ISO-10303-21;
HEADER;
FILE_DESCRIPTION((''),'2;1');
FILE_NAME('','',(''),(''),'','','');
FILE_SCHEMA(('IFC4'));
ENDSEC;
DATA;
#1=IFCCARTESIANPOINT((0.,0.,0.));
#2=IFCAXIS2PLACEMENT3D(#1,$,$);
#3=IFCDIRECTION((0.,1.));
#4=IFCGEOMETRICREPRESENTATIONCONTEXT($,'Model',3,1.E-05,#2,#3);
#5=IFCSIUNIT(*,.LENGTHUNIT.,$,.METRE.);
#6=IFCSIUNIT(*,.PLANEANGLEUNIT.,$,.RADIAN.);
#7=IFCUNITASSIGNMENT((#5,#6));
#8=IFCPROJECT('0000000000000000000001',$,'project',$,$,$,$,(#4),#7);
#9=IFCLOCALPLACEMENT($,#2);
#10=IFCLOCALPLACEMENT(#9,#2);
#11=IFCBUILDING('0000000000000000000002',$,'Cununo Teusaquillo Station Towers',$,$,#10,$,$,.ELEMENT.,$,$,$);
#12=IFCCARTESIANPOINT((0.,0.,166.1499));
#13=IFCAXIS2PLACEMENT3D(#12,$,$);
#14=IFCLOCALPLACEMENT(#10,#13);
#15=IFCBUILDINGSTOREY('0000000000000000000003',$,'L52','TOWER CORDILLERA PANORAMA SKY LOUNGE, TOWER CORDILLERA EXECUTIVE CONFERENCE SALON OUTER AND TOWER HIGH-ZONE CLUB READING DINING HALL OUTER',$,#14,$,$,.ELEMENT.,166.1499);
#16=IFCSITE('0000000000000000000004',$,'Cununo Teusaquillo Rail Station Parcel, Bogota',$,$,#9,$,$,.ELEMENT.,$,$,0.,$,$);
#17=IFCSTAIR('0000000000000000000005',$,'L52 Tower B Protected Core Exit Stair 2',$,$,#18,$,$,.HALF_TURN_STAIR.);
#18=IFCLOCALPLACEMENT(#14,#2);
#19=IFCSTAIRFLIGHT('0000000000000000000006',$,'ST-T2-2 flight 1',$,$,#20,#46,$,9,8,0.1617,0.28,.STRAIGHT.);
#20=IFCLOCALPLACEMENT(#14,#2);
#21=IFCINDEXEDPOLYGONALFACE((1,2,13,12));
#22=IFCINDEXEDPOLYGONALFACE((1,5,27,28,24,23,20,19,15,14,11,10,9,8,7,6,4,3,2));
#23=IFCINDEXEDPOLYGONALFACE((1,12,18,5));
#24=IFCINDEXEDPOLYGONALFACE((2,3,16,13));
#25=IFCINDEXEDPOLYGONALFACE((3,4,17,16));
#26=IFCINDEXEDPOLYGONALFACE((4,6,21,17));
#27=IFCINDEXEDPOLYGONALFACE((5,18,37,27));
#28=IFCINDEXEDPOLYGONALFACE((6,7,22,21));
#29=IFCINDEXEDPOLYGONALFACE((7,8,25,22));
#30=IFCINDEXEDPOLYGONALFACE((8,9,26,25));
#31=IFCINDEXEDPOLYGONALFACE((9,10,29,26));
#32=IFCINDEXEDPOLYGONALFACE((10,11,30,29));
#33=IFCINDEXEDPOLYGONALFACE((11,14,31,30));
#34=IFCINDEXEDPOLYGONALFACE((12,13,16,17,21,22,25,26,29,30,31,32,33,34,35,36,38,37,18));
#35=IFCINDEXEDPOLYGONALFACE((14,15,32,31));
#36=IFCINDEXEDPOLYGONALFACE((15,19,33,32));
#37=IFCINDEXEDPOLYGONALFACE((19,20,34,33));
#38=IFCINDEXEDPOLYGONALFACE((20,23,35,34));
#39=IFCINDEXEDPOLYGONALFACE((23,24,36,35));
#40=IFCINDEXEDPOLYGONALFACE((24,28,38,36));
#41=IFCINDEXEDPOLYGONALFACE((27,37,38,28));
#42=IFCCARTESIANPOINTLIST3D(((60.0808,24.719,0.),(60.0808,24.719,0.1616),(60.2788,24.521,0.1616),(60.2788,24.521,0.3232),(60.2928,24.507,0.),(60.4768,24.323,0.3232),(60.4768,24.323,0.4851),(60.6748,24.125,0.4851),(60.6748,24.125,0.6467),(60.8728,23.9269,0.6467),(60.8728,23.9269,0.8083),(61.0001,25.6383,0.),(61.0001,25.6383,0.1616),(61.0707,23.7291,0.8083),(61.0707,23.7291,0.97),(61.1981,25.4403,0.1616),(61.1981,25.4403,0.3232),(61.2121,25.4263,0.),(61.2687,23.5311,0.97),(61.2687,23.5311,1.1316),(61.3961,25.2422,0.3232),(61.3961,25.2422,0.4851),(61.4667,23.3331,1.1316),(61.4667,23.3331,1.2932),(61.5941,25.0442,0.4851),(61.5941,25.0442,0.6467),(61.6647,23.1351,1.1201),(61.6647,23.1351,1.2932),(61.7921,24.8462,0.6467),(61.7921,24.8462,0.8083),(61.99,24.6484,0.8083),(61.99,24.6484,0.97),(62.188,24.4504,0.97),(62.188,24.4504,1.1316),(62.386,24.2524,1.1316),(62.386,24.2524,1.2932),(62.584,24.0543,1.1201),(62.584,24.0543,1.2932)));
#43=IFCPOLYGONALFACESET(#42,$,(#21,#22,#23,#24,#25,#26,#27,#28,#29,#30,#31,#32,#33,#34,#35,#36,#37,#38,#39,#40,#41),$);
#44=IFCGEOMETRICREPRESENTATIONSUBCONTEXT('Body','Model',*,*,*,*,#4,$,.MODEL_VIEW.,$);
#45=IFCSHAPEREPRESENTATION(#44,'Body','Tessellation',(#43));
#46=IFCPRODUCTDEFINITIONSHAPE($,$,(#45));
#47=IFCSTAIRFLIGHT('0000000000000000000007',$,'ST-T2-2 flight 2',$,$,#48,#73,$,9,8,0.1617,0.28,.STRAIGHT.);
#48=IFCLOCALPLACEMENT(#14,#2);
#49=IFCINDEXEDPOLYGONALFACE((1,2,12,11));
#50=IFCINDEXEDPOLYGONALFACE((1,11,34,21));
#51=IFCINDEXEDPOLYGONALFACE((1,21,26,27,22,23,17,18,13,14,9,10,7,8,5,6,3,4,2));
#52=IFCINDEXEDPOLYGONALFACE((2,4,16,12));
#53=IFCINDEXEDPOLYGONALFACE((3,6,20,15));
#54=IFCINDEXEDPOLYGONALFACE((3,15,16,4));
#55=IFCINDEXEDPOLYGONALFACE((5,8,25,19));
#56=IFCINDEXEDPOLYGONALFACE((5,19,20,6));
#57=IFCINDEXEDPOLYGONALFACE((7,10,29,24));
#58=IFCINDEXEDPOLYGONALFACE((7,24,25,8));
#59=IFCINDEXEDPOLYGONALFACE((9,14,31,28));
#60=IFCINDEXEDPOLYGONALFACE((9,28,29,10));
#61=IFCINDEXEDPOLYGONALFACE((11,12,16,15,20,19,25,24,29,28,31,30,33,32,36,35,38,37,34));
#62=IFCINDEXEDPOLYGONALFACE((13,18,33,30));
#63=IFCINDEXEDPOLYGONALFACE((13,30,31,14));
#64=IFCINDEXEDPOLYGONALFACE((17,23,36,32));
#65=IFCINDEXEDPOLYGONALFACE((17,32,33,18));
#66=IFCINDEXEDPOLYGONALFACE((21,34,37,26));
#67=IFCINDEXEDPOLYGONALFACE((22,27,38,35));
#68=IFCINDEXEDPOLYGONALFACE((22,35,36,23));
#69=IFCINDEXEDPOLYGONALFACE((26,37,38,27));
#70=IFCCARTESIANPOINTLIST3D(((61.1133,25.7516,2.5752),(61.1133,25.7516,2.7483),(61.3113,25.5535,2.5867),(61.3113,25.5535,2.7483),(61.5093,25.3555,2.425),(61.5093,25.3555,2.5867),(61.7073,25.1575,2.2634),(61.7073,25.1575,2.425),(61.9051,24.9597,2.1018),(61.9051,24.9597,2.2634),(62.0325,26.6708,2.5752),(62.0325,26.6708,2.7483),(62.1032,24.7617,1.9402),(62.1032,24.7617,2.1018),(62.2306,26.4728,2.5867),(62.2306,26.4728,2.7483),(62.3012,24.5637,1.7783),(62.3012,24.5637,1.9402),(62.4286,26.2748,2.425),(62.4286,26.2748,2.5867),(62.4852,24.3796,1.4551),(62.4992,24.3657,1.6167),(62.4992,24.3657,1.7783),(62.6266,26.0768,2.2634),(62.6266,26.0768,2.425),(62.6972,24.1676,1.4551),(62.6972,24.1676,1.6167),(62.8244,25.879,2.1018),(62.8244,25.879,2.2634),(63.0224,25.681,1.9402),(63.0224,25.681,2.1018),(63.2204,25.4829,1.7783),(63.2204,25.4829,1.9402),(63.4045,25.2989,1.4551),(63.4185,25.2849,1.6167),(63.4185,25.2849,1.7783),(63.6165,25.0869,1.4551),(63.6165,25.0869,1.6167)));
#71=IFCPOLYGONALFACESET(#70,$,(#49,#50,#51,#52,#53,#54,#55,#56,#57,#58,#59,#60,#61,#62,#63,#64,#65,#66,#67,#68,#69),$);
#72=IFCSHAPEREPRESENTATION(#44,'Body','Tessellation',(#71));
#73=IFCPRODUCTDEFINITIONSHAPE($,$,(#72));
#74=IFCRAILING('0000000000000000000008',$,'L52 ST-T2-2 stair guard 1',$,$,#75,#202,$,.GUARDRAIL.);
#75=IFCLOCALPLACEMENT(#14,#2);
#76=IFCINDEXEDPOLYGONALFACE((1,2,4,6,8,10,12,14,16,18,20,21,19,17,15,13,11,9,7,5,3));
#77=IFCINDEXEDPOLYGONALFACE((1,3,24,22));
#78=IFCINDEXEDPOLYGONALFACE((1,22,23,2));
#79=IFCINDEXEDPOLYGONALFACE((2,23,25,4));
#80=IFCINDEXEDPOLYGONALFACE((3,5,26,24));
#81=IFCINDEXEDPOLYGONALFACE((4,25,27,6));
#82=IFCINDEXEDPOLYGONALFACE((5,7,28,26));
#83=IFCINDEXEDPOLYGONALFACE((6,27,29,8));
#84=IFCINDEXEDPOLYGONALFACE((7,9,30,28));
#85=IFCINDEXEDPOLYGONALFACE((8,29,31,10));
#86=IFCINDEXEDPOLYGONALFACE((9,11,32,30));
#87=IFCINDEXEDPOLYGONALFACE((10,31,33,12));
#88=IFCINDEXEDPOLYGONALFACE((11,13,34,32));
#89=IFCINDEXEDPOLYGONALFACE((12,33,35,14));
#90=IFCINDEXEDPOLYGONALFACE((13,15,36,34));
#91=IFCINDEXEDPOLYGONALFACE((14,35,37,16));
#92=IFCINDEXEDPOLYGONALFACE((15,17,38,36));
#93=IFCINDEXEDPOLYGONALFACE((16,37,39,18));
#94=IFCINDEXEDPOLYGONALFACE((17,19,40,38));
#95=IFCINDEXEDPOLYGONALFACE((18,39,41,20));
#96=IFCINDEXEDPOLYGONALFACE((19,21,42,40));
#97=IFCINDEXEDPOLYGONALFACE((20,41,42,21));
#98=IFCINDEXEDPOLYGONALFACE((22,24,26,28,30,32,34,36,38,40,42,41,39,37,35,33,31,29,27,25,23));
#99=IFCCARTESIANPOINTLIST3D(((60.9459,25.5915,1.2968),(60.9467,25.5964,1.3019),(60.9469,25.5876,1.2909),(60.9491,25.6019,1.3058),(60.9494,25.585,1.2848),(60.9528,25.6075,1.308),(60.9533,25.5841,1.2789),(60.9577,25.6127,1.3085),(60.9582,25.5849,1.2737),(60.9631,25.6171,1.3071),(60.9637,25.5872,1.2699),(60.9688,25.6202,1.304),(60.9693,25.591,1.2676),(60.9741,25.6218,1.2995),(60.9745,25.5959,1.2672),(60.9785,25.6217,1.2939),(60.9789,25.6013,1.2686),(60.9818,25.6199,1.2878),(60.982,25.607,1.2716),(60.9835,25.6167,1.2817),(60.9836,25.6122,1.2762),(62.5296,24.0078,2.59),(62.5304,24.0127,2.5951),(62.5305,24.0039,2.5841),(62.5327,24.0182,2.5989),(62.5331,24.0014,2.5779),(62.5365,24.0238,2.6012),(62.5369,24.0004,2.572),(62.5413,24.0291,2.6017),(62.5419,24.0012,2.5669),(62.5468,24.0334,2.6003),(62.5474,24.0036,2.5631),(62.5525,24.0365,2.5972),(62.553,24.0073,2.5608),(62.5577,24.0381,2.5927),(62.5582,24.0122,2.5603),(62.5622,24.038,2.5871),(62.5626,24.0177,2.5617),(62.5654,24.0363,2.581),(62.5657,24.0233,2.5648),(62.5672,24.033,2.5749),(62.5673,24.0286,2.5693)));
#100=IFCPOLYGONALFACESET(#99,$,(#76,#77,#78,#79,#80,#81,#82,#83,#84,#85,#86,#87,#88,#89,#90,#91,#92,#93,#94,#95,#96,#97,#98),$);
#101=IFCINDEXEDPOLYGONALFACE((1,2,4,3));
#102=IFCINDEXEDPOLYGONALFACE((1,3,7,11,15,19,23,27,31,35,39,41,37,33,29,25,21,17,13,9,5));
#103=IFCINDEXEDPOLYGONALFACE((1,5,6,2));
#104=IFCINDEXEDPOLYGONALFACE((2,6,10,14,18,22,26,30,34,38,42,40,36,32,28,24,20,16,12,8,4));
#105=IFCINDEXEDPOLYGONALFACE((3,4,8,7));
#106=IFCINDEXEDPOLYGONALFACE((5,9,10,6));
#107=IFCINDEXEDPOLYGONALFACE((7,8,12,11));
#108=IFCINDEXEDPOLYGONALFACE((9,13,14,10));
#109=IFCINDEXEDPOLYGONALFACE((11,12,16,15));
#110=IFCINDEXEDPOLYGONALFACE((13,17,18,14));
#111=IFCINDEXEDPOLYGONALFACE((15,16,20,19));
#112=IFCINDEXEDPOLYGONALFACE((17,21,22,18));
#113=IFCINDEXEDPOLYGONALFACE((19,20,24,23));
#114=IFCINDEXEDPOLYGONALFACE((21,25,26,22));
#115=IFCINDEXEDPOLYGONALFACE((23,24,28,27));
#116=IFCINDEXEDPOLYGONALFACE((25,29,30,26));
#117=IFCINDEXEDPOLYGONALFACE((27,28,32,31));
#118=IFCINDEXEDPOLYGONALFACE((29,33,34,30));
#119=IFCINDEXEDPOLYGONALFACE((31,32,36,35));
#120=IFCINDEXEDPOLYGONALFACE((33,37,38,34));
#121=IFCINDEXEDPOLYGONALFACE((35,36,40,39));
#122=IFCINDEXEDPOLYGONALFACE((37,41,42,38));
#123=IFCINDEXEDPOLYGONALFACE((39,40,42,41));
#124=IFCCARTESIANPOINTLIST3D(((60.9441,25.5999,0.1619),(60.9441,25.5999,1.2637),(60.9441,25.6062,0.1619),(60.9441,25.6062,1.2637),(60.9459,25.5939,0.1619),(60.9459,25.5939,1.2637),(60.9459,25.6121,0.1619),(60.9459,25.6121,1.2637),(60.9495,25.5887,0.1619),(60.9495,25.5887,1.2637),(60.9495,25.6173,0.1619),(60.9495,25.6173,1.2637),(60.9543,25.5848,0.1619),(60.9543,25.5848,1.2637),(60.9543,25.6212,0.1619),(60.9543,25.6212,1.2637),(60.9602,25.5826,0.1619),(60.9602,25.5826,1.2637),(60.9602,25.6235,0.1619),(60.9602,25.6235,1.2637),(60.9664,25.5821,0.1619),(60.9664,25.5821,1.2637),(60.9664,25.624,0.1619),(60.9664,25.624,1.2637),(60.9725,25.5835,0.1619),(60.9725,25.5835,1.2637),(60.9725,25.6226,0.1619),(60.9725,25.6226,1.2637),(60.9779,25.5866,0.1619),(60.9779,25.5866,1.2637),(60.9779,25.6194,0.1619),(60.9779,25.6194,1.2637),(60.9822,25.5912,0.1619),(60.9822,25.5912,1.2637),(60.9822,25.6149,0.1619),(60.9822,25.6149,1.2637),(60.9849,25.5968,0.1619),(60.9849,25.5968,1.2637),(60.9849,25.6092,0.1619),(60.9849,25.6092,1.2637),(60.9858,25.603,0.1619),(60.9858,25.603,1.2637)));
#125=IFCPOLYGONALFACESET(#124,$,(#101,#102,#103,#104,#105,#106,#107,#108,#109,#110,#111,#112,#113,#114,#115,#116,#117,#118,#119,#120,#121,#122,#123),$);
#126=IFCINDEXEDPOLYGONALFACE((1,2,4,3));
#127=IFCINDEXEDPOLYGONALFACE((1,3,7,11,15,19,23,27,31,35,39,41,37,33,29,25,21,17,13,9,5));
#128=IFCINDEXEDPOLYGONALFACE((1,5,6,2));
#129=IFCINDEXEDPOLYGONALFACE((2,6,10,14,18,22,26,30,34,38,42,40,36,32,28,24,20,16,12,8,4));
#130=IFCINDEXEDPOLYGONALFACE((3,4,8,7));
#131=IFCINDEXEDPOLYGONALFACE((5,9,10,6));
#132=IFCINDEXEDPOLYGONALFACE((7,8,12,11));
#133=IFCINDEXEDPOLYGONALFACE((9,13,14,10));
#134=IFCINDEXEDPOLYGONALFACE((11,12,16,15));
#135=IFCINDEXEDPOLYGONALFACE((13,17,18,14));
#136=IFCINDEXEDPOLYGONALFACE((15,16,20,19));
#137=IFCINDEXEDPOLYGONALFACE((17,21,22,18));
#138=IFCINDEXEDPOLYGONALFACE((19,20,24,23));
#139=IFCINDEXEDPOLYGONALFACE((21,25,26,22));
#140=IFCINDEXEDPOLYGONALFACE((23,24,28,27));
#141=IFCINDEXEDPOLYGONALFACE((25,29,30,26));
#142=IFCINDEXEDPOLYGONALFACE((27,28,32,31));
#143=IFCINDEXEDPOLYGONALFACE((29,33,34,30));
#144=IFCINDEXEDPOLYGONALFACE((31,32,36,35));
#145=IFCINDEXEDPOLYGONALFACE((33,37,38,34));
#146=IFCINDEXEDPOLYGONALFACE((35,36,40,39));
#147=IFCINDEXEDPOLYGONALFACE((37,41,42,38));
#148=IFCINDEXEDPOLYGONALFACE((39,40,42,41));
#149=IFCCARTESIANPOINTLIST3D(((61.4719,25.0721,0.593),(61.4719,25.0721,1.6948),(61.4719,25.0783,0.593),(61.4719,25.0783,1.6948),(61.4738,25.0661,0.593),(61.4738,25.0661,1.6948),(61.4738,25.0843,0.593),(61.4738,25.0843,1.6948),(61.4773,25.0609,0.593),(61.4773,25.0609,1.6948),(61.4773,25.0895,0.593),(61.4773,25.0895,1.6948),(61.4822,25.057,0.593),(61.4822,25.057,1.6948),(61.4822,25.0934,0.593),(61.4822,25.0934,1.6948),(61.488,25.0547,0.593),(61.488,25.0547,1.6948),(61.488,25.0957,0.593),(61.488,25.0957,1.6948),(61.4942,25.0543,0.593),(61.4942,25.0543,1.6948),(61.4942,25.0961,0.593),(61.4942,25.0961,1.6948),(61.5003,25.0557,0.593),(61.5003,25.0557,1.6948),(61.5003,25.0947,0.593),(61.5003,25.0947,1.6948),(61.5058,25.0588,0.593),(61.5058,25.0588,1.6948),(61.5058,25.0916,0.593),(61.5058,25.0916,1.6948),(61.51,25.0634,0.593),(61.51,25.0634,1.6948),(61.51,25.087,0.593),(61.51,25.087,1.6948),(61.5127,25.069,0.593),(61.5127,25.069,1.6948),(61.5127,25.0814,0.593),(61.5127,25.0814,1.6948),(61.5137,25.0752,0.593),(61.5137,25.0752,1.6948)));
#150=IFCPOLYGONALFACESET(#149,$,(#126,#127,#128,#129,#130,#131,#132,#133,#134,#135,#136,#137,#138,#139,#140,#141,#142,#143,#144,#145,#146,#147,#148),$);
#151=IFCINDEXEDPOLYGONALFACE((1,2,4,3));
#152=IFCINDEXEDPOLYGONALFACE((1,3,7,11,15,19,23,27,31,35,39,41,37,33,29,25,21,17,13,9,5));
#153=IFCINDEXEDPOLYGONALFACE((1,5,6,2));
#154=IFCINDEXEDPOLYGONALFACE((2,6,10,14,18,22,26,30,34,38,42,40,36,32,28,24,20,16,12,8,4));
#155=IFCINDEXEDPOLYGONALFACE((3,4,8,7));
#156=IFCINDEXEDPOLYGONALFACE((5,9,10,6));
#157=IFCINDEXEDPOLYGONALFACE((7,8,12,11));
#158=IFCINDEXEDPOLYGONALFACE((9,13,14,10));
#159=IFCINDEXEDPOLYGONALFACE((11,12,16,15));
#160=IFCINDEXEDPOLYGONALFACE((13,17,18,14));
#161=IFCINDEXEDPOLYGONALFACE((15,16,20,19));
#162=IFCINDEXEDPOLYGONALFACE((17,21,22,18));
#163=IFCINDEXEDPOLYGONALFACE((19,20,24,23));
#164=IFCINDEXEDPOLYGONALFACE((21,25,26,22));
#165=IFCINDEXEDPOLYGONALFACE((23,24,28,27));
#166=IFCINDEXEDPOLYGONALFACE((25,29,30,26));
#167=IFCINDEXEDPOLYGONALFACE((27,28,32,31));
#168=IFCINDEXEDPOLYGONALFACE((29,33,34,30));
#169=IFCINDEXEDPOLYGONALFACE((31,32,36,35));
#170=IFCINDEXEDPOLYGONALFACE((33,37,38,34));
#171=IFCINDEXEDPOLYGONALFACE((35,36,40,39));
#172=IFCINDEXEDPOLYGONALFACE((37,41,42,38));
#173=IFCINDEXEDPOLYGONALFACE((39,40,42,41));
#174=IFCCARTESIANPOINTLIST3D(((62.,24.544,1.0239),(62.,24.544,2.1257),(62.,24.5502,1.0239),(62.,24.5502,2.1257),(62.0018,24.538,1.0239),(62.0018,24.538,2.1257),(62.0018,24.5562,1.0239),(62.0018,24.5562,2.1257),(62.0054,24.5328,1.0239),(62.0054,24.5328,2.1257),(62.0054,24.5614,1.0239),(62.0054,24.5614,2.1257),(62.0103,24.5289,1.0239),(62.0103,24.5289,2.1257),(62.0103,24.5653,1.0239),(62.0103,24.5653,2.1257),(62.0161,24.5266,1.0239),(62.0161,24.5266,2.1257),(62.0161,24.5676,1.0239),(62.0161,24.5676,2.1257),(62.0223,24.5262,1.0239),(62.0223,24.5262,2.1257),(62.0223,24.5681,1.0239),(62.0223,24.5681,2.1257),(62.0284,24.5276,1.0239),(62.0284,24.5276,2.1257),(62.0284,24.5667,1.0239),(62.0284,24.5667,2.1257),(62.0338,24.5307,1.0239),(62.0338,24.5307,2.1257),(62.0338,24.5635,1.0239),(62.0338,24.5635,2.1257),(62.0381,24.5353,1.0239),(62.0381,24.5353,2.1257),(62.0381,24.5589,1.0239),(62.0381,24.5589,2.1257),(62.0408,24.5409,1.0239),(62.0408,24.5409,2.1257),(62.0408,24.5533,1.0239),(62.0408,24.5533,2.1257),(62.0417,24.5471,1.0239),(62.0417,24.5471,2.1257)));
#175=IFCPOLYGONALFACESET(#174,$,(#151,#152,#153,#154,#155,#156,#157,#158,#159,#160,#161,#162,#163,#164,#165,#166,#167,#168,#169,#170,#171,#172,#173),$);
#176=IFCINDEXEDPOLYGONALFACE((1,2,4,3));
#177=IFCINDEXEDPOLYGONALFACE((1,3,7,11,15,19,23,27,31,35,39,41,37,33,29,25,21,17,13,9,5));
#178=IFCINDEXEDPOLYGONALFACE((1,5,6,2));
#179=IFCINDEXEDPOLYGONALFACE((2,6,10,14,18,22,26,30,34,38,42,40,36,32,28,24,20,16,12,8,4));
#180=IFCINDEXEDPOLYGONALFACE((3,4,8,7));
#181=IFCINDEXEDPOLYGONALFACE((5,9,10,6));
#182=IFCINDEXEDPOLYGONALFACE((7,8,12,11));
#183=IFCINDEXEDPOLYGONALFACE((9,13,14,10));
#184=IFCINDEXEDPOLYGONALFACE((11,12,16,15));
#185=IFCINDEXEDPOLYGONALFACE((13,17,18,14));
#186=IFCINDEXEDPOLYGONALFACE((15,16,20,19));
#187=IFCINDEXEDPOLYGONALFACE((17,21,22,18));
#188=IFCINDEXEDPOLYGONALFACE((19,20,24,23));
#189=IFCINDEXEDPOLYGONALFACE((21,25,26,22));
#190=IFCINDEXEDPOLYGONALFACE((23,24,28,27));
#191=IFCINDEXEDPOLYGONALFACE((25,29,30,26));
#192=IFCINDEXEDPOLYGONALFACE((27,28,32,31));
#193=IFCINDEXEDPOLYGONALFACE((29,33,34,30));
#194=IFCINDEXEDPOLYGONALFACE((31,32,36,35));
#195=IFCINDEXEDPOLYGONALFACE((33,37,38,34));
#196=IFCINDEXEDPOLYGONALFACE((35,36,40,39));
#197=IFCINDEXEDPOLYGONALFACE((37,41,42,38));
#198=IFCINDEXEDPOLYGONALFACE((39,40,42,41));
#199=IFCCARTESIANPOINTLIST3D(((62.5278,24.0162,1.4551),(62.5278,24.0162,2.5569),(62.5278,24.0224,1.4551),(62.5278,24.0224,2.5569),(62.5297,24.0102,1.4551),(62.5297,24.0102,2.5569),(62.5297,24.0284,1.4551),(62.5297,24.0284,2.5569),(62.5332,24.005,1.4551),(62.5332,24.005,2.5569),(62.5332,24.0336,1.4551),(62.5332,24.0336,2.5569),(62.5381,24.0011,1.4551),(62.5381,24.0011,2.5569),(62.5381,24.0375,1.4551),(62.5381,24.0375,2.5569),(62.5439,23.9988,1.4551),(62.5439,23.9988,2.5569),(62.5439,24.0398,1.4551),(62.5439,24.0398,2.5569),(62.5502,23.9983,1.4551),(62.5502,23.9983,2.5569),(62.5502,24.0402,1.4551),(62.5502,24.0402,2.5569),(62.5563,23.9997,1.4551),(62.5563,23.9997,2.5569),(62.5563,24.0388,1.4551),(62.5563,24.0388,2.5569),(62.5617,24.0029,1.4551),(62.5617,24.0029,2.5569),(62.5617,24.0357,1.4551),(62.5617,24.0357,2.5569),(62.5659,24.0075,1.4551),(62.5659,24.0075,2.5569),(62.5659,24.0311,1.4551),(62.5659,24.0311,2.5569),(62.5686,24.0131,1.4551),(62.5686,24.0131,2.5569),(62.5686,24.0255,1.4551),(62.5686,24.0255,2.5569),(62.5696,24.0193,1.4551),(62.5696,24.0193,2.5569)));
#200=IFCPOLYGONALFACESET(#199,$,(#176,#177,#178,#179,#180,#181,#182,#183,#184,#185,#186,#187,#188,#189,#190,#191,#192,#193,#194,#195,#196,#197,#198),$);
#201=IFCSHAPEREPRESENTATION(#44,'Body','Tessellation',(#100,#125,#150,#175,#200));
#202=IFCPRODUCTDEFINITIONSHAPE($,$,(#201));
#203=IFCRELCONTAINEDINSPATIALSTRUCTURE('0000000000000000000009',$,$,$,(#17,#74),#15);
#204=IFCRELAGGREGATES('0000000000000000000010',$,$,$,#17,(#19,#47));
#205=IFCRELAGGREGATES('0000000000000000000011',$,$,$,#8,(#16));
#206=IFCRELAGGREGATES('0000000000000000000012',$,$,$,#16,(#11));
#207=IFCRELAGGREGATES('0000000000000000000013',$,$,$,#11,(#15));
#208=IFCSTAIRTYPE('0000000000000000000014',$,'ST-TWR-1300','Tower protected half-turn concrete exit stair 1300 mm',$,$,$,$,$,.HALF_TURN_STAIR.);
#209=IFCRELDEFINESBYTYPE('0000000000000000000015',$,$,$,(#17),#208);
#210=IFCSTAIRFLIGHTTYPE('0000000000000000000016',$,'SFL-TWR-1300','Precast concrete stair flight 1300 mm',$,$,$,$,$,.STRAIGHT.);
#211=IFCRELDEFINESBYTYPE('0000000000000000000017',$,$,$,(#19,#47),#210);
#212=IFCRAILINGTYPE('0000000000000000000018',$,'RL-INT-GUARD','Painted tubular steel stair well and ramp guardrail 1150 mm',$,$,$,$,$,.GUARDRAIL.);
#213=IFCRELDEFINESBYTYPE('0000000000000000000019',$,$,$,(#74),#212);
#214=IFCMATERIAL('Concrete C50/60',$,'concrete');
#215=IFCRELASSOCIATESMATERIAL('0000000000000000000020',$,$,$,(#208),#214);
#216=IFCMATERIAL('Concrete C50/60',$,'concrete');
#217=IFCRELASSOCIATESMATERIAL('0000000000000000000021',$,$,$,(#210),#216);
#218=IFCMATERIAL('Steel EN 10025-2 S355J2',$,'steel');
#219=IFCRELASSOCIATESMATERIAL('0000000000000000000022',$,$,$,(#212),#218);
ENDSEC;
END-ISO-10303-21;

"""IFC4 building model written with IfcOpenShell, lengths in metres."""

from ifc_helpers import new_model, si_unit, direction, frame, origin, origin_2d, place, context, subcontext, project, spatial, polyline, circle, outline, extrude, material, type_object, element, aggregate, save


model = new_model("IFC4")

# Units and contexts
model_context = context("Model", 3, precision=1e-05, world=origin(), true_north=direction((0.0, 1.0)))
body_context = subcontext(model_context, "Body", "Model", "MODEL_VIEW")
ifc_project = project(units=[si_unit("LENGTHUNIT", "METRE"), si_unit("PLANEANGLEUNIT", "RADIAN")], contexts=[model_context])

# Site, building, storey
site_placement = place(None, origin())
site = spatial("IfcSite", under=ifc_project, at=site_placement, Name="Cununo Teusaquillo Rail Station Parcel, Bogota", CompositionType="ELEMENT", RefElevation=0.0)
building_placement = place(site_placement, origin())
building = spatial("IfcBuilding", under=site, at=building_placement, Name="Cununo Teusaquillo Station Towers", CompositionType="ELEMENT")
storey_placement = place(building_placement, frame((0.0, 0.0, 166.1499)))
storey = spatial("IfcBuildingStorey", under=building, at=storey_placement, Name="L52", Description="TOWER CORDILLERA PANORAMA SKY LOUNGE, TOWER CORDILLERA EXECUTIVE CONFERENCE SALON OUTER AND TOWER HIGH-ZONE CLUB READING DINING HALL OUTER", CompositionType="ELEMENT", Elevation=166.1499)

# Stair, stair flights
ifc_material_1 = material(Name="Concrete C50/60", Category="concrete")
stair_type = type_object("IfcStairType", Name="ST-TWR-1300", Description="Tower protected half-turn concrete exit stair 1300 mm", PredefinedType="HALF_TURN_STAIR", material=ifc_material_1)
stair_placement = place(storey_placement, origin())
stair = element("IfcStair", 1, at=stair_placement, inside=storey, type_object=stair_type, Name="L52 Tower B Protected Core Exit Stair 2", PredefinedType="HALF_TURN_STAIR")
ifc_material_2 = material(Name="Concrete C50/60", Category="concrete")
stair_flight_type = type_object("IfcStairFlightType", Name="SFL-TWR-1300", Description="Precast concrete stair flight 1300 mm", PredefinedType="STRAIGHT", material=ifc_material_2)
stair_flight_1_placement = place(storey_placement, frame((60.5405, 25.1787, 0.0), z_axis=(0.0, 0.0, 1.0), x_axis=(0.707107, -0.707107, 0.0)))
stair_flight_1 = element("IfcStairFlight", 2, at=stair_flight_1_placement, type_object=stair_flight_type, Name="ST-T2-2 flight 1", NumberOfRisers=9, NumberOfTreads=8, PredefinedType="STRAIGHT", RiserHeight=0.1617, TreadLength=0.28, context=body_context, shape_type="SweptSolid", body=[
    extrude(outline(polyline([(0.0, 0.0), (0.0, 0.1616), (0.28, 0.1616), (0.28, 0.3232), (0.5601, 0.3232), (0.5601, 0.4851), (0.8401, 0.4851), (0.8401, 0.6467), (1.1201, 0.6467), (1.1201, 0.8083), (1.3999, 0.8083), (1.3999, 0.97), (1.6799, 0.97), (1.6799, 1.1316), (1.96, 1.1316), (1.96, 1.2932), (2.24, 1.2932), (2.24, 1.4551), (2.24, 1.1201), (0.2998, 0.0), (0.0, 0.0)])), frame((0.0, 0.6499, 0.0), z_axis=(0.0, -1.0, 0.0), x_axis=(1.0, 0.0, 0.0)), (0.0, 0.0, 1.0), 1.3),
])
stair_flight_2_placement = place(storey_placement, frame((63.1567, 24.6272, 1.4551), z_axis=(0.0, 0.0, 1.0), x_axis=(-0.707107, 0.707107, 0.0)))
stair_flight_2 = element("IfcStairFlight", 3, at=stair_flight_2_placement, type_object=stair_flight_type, Name="ST-T2-2 flight 2", NumberOfRisers=9, NumberOfTreads=8, PredefinedType="STRAIGHT", RiserHeight=0.1617, TreadLength=0.28, context=body_context, shape_type="SweptSolid", body=[
    extrude(outline(polyline([(0.0, 0.0), (0.0, 0.1616), (0.28, 0.1616), (0.28, 0.3232), (0.5601, 0.3232), (0.5601, 0.4851), (0.8401, 0.4851), (0.8401, 0.6467), (1.1201, 0.6467), (1.1201, 0.8083), (1.3999, 0.8083), (1.3999, 0.97), (1.6799, 0.97), (1.6799, 1.1316), (1.96, 1.1316), (1.96, 1.2932), (2.24, 1.2932), (2.24, 1.4551), (2.24, 1.1201), (0.2998, 0.0), (0.0, 0.0)])), frame((0.0, 0.6499, 0.0), z_axis=(0.0, -1.0, 0.0), x_axis=(1.0, 0.0, 0.0)), (0.0, 0.0, 1.0), 1.3),
])
aggregate(stair, [stair_flight_1, stair_flight_2])

# Railing
ifc_material_3 = material(Name="Steel EN 10025-2 S355J2", Category="steel")
railing_type_1 = type_object("IfcRailingType", Name="RL-INT-GUARD", Description="Painted tubular steel stair well and ramp guardrail 1150 mm", PredefinedType="GUARDRAIL", material=ifc_material_3)
railing_1_placement = place(storey_placement, frame((60.9648, 25.603, 0.1619)))
element("IfcRailing", 4, at=railing_1_placement, inside=storey, type_object=railing_type_1, Name="L52 ST-T2-2 stair guard 1", PredefinedType="GUARDRAIL", context=body_context, shape_type="SweptSolid", body=[
    extrude(circle(Radius=0.0239, at=origin_2d()), frame((0.0, 0.0, 1.126), z_axis=(0.612361, -0.612361, 0.500027), x_axis=(0.707107, 0.707107, 0.0)), (0.0, 0.0, 1.0), 2.5862),
    extrude(circle(Radius=0.021, at=origin_2d()), origin(), (0.0, 0.0, 1.0), 1.1018),
    extrude(circle(Radius=0.021, at=origin_2d()), frame((0.5278, -0.5278, 0.4312)), (0.0, 0.0, 1.0), 1.1018),
    extrude(circle(Radius=0.021, at=origin_2d()), frame((1.0559, -1.0559, 0.8621)), (0.0, 0.0, 1.0), 1.1018),
    extrude(circle(Radius=0.021, at=origin_2d()), frame((1.5837, -1.5837, 1.2932)), (0.0, 0.0, 1.0), 1.1018),
])

save(model, "model.ifc")
